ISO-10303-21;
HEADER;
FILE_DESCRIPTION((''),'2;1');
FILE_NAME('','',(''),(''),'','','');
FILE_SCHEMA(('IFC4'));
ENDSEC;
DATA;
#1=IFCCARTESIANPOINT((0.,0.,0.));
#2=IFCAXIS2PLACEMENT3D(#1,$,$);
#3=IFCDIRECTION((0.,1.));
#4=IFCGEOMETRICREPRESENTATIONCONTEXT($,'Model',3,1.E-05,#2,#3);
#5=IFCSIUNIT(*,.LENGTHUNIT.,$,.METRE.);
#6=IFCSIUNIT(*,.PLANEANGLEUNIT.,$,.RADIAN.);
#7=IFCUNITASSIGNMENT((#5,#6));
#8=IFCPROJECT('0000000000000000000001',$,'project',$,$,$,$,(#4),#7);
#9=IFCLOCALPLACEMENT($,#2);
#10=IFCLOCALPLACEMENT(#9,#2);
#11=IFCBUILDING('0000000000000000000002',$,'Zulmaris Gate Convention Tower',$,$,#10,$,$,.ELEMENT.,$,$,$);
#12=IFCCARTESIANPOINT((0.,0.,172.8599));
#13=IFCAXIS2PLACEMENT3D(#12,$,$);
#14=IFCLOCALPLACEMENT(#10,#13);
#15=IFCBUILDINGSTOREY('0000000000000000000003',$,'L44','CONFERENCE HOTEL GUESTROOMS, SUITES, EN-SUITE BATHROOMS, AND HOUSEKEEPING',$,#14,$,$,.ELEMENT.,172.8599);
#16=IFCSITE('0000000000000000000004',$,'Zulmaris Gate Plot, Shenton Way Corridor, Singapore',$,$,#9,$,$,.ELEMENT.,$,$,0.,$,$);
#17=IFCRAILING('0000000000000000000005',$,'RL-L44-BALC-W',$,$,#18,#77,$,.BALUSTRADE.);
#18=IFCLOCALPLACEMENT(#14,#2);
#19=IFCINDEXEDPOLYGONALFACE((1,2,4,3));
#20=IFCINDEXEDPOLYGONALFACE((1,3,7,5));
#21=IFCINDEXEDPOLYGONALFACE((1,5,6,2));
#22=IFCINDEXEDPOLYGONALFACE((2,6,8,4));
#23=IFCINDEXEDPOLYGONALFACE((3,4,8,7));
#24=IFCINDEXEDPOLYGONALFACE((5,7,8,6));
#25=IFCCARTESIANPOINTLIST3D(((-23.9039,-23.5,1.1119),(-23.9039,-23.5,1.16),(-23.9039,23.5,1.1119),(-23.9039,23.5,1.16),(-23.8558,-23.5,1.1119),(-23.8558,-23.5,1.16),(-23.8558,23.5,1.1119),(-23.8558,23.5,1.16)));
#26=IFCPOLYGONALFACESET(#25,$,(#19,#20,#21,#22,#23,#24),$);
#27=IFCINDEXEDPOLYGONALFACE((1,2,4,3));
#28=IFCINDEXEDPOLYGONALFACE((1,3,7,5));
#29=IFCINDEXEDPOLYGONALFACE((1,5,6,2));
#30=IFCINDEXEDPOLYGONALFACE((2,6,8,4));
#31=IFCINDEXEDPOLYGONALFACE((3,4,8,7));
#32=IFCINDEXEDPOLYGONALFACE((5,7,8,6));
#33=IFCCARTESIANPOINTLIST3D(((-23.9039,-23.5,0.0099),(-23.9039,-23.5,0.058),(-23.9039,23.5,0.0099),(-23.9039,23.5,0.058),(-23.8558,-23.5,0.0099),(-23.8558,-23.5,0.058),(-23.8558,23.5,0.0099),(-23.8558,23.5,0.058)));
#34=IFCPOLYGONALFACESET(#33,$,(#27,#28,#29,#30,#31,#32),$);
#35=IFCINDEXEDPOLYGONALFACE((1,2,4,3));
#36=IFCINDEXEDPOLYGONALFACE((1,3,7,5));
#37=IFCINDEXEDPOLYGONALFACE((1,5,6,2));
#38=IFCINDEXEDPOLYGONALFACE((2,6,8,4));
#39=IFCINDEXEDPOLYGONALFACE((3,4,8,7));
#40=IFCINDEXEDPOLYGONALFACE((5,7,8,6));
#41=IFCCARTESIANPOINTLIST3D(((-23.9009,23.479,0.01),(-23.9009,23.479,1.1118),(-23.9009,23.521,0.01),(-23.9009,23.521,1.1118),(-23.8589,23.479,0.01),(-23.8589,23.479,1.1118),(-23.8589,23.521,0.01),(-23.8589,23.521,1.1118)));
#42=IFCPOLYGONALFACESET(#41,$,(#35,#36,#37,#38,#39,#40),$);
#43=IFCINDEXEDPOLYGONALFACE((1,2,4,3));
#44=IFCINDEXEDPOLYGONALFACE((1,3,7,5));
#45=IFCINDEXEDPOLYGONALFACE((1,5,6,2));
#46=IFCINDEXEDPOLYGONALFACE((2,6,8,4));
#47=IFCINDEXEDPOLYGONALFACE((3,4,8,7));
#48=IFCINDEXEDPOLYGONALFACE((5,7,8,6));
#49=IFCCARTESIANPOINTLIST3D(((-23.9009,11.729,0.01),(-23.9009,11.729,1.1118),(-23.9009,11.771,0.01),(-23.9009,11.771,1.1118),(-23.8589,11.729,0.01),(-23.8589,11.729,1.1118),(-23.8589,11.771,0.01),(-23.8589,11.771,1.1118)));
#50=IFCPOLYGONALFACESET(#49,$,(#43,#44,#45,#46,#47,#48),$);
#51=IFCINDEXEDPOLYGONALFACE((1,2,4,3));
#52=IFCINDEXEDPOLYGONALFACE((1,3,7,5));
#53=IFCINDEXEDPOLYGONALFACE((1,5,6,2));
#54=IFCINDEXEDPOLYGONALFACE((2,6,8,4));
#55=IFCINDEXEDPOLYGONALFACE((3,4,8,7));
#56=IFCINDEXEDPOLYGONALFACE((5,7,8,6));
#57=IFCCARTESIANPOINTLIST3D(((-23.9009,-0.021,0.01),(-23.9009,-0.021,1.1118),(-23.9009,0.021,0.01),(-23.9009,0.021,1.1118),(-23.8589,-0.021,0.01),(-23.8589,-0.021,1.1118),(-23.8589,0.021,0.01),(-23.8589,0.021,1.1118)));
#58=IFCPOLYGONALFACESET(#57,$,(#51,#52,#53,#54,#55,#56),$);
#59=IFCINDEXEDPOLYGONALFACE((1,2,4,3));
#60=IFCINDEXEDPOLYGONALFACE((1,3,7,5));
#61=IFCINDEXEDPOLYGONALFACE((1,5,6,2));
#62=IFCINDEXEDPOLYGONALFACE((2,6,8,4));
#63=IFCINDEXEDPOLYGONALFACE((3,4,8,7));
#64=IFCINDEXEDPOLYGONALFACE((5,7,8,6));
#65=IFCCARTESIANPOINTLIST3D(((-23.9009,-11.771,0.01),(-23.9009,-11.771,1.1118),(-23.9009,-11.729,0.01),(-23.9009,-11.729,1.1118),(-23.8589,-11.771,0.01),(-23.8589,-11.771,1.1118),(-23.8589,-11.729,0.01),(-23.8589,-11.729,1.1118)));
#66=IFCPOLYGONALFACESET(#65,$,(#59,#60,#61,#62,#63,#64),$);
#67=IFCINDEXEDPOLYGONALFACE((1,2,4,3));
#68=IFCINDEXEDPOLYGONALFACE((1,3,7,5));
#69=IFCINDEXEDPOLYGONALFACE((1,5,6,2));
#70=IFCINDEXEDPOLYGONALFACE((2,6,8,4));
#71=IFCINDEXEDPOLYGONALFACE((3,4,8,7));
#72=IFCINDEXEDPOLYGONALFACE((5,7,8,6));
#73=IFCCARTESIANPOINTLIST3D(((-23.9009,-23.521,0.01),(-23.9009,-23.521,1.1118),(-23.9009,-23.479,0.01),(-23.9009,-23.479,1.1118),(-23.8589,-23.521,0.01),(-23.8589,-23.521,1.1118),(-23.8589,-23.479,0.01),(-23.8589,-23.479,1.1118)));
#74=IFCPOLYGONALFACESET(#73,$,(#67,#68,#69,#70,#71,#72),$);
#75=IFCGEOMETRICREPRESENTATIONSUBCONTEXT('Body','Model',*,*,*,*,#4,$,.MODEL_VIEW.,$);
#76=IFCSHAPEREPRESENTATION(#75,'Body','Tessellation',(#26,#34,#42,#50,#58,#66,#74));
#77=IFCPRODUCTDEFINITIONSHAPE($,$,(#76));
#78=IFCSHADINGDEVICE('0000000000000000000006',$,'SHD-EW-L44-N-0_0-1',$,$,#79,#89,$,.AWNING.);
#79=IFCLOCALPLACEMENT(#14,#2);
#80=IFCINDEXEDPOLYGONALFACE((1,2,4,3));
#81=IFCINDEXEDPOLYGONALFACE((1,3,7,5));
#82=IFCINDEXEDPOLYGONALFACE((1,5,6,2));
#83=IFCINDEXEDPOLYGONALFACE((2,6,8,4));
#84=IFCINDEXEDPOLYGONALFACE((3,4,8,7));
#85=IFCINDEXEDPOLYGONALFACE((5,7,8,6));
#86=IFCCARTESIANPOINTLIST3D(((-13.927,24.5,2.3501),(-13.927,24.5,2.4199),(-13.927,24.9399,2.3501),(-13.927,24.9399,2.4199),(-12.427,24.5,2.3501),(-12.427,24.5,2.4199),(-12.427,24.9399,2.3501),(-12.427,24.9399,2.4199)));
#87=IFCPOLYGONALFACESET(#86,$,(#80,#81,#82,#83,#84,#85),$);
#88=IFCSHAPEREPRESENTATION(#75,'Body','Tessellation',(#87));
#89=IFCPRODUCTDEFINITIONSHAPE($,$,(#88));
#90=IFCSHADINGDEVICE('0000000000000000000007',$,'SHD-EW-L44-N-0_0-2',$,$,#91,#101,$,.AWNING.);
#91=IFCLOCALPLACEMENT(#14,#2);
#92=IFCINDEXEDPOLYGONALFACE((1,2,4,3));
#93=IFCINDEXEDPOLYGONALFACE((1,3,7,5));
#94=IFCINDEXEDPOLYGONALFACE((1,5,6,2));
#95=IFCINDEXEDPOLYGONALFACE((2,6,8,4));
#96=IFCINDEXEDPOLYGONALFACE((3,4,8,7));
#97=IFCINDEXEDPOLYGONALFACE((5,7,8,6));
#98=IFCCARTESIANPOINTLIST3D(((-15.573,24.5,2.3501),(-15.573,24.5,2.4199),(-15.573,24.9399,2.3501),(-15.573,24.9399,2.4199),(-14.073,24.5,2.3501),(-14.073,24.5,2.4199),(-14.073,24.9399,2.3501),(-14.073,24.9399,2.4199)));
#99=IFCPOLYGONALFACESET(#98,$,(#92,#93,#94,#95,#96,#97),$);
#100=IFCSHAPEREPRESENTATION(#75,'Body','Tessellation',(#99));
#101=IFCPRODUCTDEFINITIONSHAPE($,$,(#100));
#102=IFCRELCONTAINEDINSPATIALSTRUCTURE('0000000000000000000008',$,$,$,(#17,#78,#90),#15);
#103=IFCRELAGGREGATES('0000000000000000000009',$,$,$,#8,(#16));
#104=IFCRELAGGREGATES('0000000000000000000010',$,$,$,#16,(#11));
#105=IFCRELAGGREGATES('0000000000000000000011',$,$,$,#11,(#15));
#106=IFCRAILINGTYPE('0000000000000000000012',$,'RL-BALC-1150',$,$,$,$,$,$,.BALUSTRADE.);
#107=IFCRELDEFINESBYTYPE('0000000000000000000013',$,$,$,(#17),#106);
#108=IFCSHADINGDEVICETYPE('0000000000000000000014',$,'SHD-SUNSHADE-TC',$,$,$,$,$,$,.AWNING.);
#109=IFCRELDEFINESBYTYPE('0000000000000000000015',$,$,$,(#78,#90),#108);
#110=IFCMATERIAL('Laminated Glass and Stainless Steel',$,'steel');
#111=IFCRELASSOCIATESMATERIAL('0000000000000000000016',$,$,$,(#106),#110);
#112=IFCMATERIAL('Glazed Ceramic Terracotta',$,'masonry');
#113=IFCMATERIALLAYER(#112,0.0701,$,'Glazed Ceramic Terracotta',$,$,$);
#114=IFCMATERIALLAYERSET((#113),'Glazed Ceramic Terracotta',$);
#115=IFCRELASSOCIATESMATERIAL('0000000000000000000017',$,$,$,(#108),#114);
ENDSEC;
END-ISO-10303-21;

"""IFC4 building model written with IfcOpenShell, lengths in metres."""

from ifc_helpers import new_model, si_unit, direction, frame, frame_2d, origin, origin_2d, place, context, subcontext, project, spatial, rectangle, extrude, material, layer, layer_set, type_object, element, save


model = new_model("IFC4")

# Units and contexts
model_context = context("Model", 3, precision=1e-05, world=origin(), true_north=direction((0.0, 1.0)))
body_context = subcontext(model_context, "Body", "Model", "MODEL_VIEW")
ifc_project = project(units=[si_unit("LENGTHUNIT", "METRE"), si_unit("PLANEANGLEUNIT", "RADIAN")], contexts=[model_context])

# Site, building, storey
site_placement = place(None, origin())
site = spatial("IfcSite", under=ifc_project, at=site_placement, Name="Zulmaris Gate Plot, Shenton Way Corridor, Singapore", CompositionType="ELEMENT", RefElevation=0.0)
building_placement = place(site_placement, origin())
building = spatial("IfcBuilding", under=site, at=building_placement, Name="Zulmaris Gate Convention Tower", CompositionType="ELEMENT")
storey_placement = place(building_placement, frame((0.0, 0.0, 172.8599)))
storey = spatial("IfcBuildingStorey", under=building, at=storey_placement, Name="L44", Description="CONFERENCE HOTEL GUESTROOMS, SUITES, EN-SUITE BATHROOMS, AND HOUSEKEEPING", CompositionType="ELEMENT", Elevation=172.8599)

# Railing
ifc_material_1 = material(Name="Laminated Glass and Stainless Steel", Category="steel")
railing_type = type_object("IfcRailingType", Name="RL-BALC-1150", PredefinedType="BALUSTRADE", material=ifc_material_1)
railing_placement = place(storey_placement, frame((-23.8799, 23.5, 0.01)))
element("IfcRailing", 1, at=railing_placement, inside=storey, type_object=railing_type, Name="RL-L44-BALC-W", PredefinedType="BALUSTRADE", context=body_context, shape_type="SweptSolid", body=[
    extrude(rectangle(XDim=0.0481, YDim=0.0481, at=origin_2d()), frame((0.0, 0.0, 1.126), z_axis=(0.0, -1.0, 0.0), x_axis=(1.0, 0.0, 0.0)), (0.0, 0.0, 1.0), 47.0),
    extrude(rectangle(XDim=0.0481, YDim=0.0481, at=origin_2d()), frame((0.0, 0.0, 0.0239), z_axis=(0.0, -1.0, 0.0), x_axis=(1.0, 0.0, 0.0)), (0.0, 0.0, 1.0), 47.0),
    extrude(rectangle(XDim=0.042, YDim=0.042, at=origin_2d()), origin(), (0.0, 0.0, 1.0), 1.1018),
    extrude(rectangle(XDim=0.042, YDim=0.042, at=origin_2d()), frame((0.0, -11.75, 0.0)), (0.0, 0.0, 1.0), 1.1018),
    extrude(rectangle(XDim=0.042, YDim=0.042, at=origin_2d()), frame((0.0, -23.5, 0.0)), (0.0, 0.0, 1.0), 1.1018),
    extrude(rectangle(XDim=0.042, YDim=0.042, at=origin_2d()), frame((0.0, -35.25, 0.0)), (0.0, 0.0, 1.0), 1.1018),
    extrude(rectangle(XDim=0.042, YDim=0.042, at=origin_2d()), frame((0.0, -47.0, 0.0)), (0.0, 0.0, 1.0), 1.1018),
])

# Shading devices
ifc_material_2 = material(Name="Glazed Ceramic Terracotta", Category="masonry")
ifc_layer_1 = layer(ifc_material_2, 0.0701, Name="Glazed Ceramic Terracotta")
ifc_layer_set_1 = layer_set([ifc_layer_1], Name="Glazed Ceramic Terracotta")
shading_device_type = type_object("IfcShadingDeviceType", Name="SHD-SUNSHADE-TC", PredefinedType="AWNING", material=ifc_layer_set_1)
for number, where, z_axis, x_axis, name in (
    (2, (-12.427, 24.72, 2.3501), (0.0, 0.0, 1.0), (-1.0, 0.0, 0.0), "SHD-EW-L44-N-0_0-1"),
    (3, (-14.073, 24.72, 2.3501), (0.0, 0.0, 1.0), (-1.0, 0.0, 0.0), "SHD-EW-L44-N-0_0-2"),
):
    element("IfcShadingDevice", number, at=place(storey_placement, frame(where, z_axis=z_axis, x_axis=x_axis)), inside=storey, type_object=shading_device_type, Name=name, PredefinedType="AWNING", context=body_context, shape_type="SweptSolid", body=[
        extrude(rectangle(XDim=1.5, YDim=0.4399, at=frame_2d((0.75, 0.0))), origin(), (0.0, 0.0, 1.0), 0.0698),
    ])

save(model, "model.ifc")
